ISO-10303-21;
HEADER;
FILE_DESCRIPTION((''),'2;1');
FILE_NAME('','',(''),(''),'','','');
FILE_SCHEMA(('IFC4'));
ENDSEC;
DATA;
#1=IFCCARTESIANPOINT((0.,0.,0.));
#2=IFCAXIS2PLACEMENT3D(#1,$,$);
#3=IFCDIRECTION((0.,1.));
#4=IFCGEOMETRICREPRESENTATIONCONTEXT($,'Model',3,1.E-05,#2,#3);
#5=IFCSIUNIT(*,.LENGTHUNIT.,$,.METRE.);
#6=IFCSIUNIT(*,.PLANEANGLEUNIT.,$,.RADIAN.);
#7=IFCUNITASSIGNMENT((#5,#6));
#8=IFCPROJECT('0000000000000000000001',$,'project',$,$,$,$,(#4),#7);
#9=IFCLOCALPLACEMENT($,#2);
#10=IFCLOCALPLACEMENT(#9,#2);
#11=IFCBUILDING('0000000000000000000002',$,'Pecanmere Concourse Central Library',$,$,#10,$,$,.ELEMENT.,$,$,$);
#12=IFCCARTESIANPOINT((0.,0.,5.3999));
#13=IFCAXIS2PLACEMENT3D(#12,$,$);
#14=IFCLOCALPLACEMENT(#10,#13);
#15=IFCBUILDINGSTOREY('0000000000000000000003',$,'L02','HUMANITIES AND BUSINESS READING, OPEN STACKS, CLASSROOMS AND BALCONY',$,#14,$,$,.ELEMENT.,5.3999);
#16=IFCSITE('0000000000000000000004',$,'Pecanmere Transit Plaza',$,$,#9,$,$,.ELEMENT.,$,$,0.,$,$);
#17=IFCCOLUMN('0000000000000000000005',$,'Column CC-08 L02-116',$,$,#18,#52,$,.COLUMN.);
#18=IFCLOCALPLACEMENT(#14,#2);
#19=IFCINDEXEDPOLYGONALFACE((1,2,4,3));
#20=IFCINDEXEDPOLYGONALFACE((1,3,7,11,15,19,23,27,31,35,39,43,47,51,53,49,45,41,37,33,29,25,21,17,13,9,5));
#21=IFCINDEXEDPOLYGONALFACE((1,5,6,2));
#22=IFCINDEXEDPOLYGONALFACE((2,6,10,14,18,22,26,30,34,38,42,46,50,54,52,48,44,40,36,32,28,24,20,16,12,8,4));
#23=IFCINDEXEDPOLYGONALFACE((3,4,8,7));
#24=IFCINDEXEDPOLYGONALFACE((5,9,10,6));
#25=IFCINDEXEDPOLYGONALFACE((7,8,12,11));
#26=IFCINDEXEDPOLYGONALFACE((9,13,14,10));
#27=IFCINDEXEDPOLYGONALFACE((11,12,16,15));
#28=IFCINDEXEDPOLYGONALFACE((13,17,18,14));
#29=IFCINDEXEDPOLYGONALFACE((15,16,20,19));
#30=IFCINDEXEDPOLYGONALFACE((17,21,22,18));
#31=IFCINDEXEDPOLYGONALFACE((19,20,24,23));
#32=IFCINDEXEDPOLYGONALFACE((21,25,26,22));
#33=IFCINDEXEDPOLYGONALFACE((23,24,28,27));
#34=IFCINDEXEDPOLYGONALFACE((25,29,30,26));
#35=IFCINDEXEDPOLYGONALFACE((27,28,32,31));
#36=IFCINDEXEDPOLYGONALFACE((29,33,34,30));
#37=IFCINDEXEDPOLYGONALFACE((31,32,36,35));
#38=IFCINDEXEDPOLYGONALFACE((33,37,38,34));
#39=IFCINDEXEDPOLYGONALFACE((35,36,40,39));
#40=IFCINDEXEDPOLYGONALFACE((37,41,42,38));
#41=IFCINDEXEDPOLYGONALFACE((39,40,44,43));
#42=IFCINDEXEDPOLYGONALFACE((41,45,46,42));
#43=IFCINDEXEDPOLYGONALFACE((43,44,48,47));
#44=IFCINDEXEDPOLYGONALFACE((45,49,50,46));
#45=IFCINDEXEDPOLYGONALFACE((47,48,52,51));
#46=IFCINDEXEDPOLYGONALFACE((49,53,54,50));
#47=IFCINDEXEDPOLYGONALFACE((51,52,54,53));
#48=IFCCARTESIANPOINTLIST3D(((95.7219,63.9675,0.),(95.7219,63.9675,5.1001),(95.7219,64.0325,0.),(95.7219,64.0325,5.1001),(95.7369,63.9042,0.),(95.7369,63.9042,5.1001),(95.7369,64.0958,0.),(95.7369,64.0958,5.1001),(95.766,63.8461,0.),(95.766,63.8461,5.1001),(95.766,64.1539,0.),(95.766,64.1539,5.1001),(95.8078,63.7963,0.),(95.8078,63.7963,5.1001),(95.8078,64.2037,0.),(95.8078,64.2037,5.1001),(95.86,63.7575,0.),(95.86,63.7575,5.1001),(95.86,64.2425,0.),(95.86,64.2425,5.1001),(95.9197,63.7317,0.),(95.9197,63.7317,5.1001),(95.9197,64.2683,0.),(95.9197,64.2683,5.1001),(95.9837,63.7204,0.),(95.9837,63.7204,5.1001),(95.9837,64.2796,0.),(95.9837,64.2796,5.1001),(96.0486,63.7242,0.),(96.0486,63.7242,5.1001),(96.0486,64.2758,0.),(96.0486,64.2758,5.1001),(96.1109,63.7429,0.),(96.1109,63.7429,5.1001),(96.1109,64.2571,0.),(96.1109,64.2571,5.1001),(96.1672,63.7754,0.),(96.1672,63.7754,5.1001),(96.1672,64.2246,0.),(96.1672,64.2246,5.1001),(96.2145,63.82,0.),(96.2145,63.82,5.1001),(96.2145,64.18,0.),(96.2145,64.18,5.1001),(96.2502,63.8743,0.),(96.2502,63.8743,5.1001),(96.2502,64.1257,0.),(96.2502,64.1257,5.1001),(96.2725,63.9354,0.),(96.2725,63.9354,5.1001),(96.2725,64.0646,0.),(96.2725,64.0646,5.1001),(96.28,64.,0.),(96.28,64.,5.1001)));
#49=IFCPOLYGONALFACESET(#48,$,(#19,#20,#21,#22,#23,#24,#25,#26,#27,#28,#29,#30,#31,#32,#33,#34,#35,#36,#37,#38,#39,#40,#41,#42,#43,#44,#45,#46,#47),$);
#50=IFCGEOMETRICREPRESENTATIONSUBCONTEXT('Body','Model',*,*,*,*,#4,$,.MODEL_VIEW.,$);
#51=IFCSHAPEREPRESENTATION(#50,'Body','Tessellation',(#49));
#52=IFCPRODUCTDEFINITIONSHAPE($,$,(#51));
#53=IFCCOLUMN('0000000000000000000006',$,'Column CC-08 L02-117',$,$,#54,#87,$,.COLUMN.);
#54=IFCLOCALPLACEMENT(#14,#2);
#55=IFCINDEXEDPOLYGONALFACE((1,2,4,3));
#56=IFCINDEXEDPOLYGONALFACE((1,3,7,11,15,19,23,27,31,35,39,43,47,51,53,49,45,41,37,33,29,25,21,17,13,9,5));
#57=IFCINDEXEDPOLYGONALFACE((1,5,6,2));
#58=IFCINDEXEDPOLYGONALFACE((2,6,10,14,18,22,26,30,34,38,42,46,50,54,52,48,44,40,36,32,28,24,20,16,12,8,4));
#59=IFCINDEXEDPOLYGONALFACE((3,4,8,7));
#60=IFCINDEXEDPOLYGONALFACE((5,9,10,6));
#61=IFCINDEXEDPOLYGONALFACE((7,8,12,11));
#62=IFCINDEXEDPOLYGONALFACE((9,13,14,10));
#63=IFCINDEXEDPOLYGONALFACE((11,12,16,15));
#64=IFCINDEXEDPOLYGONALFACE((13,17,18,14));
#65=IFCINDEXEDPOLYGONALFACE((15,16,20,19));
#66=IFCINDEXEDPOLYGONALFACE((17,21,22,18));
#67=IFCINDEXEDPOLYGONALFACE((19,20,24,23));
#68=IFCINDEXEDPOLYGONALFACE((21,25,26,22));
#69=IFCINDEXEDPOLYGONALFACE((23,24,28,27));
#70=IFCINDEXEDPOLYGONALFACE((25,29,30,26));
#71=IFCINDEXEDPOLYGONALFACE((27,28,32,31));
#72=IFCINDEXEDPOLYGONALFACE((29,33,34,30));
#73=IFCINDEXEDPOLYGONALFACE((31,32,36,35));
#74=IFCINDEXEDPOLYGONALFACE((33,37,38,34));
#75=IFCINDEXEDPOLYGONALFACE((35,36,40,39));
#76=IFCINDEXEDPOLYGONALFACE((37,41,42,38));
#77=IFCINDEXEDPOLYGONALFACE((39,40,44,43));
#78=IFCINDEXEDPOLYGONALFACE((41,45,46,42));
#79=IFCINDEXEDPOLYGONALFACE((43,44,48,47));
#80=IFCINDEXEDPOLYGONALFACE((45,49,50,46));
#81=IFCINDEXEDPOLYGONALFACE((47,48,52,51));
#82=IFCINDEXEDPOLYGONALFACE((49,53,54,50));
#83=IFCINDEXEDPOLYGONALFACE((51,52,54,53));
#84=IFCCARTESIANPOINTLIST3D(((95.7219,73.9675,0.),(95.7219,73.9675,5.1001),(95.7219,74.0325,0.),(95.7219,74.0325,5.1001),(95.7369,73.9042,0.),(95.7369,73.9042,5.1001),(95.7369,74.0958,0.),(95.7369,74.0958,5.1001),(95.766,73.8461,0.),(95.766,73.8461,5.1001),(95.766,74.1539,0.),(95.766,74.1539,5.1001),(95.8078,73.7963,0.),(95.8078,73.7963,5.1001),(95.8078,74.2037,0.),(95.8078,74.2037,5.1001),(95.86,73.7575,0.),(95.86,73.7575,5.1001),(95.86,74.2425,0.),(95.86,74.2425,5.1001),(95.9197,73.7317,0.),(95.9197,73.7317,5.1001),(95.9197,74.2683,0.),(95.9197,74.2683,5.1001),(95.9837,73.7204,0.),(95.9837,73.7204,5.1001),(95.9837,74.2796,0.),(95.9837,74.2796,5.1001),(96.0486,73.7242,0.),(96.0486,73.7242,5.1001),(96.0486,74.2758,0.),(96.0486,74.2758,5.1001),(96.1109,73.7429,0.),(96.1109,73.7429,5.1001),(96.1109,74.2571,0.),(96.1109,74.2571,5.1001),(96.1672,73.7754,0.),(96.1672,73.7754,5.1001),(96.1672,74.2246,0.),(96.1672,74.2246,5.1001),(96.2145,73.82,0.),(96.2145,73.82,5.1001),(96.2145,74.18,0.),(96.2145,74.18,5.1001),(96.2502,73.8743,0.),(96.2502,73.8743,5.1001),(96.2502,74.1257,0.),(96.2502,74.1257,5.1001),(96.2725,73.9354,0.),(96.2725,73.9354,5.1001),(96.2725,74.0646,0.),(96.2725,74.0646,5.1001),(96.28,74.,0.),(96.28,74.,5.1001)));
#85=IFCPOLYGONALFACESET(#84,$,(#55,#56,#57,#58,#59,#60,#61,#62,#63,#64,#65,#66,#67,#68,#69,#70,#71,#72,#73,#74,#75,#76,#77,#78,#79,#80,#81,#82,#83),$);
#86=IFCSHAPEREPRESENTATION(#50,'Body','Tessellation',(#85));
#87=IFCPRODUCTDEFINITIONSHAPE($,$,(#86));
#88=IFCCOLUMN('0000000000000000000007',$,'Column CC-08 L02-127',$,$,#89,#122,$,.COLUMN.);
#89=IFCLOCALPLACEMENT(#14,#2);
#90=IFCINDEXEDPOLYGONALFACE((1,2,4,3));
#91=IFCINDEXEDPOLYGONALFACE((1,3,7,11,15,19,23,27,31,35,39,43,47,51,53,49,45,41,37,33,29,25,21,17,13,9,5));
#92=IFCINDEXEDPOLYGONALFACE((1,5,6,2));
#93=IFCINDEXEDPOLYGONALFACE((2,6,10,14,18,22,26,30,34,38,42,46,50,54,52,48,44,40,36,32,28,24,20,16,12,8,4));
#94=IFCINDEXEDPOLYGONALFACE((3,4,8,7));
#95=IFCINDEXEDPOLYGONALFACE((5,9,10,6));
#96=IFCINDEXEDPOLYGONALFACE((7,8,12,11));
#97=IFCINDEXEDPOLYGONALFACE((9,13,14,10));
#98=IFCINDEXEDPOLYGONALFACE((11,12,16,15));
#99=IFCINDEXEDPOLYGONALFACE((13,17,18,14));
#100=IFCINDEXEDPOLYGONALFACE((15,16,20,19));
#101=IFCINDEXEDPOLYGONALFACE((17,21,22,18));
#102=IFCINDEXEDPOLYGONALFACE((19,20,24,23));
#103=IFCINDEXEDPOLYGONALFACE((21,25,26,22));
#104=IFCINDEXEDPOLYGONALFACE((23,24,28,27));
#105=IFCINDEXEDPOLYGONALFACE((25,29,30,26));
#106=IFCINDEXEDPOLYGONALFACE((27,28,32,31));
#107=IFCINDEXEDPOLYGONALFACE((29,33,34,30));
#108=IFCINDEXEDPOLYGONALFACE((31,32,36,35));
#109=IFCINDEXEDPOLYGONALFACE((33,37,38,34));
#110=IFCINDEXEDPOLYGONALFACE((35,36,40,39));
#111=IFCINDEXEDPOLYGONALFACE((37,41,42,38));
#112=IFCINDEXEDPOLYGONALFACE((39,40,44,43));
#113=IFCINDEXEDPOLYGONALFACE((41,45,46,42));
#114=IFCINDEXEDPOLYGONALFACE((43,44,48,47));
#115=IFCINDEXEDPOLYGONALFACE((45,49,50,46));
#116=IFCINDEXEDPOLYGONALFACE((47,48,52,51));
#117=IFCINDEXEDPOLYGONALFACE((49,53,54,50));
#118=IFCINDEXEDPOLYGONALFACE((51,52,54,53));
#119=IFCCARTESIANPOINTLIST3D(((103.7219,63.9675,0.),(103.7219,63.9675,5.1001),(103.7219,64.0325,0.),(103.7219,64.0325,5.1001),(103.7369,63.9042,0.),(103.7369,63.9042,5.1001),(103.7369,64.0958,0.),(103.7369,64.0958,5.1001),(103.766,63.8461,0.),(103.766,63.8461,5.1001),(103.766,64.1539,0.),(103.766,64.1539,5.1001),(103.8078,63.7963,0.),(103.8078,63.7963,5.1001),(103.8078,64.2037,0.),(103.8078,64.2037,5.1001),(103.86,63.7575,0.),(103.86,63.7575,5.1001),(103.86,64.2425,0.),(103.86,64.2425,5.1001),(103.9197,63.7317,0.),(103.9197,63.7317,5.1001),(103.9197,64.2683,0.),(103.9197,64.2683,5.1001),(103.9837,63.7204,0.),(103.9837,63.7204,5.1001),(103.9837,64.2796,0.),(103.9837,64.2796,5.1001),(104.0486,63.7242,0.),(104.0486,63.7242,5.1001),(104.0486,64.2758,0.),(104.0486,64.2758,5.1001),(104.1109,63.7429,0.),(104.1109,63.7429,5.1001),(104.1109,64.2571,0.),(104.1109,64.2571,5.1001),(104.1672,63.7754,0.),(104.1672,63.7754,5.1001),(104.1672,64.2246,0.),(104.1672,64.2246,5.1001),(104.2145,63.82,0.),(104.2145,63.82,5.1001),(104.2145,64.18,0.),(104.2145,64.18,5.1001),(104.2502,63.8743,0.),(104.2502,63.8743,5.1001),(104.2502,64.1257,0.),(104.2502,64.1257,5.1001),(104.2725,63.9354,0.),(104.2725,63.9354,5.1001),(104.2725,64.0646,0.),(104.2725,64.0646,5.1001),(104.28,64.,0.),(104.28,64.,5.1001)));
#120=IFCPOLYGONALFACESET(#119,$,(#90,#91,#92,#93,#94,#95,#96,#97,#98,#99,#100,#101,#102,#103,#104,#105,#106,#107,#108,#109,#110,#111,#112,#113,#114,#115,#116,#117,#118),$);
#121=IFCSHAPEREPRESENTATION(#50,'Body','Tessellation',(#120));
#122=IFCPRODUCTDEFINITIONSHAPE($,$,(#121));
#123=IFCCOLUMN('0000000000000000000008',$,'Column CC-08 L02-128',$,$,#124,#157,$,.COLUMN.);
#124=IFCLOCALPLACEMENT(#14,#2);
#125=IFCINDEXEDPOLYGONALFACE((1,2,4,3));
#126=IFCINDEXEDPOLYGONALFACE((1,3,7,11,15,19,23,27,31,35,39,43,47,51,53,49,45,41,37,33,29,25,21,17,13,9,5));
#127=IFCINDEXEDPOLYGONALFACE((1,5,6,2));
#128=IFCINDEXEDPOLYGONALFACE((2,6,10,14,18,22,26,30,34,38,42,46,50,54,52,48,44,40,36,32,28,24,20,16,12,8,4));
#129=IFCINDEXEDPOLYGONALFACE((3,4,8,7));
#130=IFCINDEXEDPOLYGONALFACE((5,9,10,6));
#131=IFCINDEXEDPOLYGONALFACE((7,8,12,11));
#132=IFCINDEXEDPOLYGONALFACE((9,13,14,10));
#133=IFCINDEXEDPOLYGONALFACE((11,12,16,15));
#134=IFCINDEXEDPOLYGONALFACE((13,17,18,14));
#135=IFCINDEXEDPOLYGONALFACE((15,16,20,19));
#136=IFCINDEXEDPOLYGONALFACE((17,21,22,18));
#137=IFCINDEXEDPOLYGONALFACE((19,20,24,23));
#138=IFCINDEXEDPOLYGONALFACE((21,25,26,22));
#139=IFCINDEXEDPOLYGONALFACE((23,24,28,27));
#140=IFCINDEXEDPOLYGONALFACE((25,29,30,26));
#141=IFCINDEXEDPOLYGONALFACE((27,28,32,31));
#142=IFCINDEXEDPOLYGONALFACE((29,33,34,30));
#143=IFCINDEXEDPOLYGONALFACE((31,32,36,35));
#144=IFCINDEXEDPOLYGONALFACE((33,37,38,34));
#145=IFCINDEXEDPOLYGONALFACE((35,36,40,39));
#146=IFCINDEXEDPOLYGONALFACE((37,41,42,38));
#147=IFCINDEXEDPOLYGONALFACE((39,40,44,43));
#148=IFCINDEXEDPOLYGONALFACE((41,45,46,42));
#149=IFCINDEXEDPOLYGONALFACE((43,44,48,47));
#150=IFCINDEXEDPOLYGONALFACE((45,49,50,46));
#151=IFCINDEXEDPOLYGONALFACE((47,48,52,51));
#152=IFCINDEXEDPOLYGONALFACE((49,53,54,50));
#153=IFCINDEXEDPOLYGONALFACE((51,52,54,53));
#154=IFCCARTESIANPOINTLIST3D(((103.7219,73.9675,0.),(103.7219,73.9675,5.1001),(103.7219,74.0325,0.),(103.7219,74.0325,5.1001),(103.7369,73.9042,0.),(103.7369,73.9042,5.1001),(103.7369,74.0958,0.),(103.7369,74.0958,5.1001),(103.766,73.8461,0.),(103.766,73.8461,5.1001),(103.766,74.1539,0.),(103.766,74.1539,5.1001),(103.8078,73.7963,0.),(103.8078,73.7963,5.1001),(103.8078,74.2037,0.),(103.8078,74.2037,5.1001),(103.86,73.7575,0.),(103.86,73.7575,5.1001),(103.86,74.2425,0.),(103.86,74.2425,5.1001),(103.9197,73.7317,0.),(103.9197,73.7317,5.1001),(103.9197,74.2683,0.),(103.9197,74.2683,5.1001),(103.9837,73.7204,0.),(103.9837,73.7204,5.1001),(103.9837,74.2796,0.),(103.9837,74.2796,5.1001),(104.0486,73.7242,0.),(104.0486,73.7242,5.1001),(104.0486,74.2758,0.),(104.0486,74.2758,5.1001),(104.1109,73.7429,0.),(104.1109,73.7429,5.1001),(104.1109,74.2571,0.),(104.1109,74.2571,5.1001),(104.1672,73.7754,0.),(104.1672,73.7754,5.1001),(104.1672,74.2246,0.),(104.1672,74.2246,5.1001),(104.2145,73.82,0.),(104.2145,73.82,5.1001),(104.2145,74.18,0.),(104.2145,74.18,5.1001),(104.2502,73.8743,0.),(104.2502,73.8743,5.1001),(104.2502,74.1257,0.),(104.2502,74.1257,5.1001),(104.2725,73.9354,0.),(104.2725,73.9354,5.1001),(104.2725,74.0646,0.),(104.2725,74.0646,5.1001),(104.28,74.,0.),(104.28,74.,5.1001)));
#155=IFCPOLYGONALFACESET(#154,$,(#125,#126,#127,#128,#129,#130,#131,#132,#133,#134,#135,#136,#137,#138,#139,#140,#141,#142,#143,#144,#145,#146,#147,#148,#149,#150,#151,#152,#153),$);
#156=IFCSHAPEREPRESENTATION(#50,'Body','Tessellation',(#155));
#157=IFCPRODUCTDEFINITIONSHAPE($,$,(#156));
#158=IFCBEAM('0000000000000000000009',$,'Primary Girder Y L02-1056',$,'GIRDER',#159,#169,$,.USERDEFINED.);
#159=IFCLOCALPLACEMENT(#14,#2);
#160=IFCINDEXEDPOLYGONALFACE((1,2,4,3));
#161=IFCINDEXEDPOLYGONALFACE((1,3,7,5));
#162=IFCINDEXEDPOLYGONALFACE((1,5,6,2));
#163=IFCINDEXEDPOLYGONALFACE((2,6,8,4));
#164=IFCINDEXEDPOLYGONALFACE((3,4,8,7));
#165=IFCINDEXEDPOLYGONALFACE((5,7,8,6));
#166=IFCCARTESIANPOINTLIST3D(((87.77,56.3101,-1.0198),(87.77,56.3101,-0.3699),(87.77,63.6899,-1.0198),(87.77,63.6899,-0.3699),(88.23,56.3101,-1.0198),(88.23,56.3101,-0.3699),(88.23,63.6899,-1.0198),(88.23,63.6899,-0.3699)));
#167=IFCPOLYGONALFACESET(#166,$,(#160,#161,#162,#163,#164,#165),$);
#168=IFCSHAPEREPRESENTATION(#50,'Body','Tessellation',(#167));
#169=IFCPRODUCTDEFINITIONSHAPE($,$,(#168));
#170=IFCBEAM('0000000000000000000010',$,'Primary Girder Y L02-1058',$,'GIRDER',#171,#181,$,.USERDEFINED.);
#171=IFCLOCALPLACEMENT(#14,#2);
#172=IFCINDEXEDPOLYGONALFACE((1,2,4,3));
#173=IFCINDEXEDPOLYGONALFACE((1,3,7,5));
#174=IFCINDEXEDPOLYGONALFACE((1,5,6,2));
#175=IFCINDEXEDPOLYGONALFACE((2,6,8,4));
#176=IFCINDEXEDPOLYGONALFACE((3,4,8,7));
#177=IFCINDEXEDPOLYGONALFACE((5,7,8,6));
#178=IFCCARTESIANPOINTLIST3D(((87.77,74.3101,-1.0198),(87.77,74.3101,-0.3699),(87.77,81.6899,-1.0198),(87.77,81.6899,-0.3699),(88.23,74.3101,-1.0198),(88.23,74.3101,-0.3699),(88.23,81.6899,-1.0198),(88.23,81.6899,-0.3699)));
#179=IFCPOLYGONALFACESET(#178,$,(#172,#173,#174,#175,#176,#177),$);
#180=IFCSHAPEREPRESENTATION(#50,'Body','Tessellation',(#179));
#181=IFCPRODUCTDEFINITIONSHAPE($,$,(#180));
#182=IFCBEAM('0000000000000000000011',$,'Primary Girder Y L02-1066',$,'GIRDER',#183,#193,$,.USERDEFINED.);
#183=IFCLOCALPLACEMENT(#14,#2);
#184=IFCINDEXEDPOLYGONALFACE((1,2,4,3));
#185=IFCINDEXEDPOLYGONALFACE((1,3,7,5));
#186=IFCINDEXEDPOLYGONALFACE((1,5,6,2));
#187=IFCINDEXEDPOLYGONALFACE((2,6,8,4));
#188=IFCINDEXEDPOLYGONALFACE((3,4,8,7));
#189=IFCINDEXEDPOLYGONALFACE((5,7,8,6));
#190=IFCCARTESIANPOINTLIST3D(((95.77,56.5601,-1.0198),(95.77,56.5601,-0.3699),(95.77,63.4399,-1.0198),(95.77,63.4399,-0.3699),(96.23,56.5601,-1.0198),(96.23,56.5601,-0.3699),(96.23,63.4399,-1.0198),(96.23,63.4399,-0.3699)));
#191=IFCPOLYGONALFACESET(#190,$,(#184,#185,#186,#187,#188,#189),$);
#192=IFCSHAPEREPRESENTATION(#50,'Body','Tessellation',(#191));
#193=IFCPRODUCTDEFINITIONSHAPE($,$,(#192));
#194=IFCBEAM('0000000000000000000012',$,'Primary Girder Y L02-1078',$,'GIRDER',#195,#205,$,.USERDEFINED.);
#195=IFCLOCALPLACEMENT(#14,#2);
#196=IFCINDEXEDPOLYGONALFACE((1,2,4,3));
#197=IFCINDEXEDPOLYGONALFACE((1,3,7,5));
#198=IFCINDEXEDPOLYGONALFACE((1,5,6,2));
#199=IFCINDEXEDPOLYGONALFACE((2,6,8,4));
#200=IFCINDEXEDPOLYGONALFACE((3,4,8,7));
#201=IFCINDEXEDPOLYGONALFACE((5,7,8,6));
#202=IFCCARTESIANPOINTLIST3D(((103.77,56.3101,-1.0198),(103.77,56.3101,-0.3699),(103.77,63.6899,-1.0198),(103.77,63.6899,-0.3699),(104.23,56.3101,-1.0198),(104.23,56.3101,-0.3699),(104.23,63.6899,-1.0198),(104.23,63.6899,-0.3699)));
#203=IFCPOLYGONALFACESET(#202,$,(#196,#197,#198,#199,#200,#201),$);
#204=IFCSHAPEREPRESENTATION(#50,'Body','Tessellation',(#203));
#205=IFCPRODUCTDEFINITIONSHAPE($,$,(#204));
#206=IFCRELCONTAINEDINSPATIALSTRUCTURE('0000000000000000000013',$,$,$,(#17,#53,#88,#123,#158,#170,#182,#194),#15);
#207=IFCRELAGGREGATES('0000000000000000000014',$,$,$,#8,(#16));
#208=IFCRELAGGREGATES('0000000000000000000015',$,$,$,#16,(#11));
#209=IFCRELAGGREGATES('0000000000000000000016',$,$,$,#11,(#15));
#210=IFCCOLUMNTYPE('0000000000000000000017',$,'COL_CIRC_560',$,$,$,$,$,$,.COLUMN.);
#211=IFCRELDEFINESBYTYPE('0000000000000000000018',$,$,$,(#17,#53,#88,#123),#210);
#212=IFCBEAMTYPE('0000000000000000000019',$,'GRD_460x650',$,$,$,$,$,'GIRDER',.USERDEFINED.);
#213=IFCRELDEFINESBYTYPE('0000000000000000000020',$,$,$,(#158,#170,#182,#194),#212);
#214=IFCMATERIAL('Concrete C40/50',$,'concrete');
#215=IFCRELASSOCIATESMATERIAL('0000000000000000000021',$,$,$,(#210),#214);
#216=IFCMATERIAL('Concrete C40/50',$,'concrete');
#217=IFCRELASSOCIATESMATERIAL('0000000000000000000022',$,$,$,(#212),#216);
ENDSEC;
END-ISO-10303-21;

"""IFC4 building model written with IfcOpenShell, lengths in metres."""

from ifc_helpers import new_model, si_unit, direction, frame, origin, origin_2d, place, context, subcontext, project, spatial, rectangle, circle, extrude, material, material_profile, profile_set, type_object, element, save


model = new_model("IFC4")

# Units and contexts
model_context = context("Model", 3, precision=1e-05, world=origin(), true_north=direction((0.0, 1.0)))
body_context = subcontext(model_context, "Body", "Model", "MODEL_VIEW")
ifc_project = project(units=[si_unit("LENGTHUNIT", "METRE"), si_unit("PLANEANGLEUNIT", "RADIAN")], contexts=[model_context])

# Site, building, storey
site_placement = place(None, origin())
site = spatial("IfcSite", under=ifc_project, at=site_placement, Name="Pecanmere Transit Plaza", CompositionType="ELEMENT", RefElevation=0.0)
building_placement = place(site_placement, origin())
building = spatial("IfcBuilding", under=site, at=building_placement, Name="Pecanmere Concourse Central Library", CompositionType="ELEMENT")
storey_placement = place(building_placement, frame((0.0, 0.0, 5.3999)))
storey = spatial("IfcBuildingStorey", under=building, at=storey_placement, Name="L02", Description="HUMANITIES AND BUSINESS READING, OPEN STACKS, CLASSROOMS AND BALCONY", CompositionType="ELEMENT", Elevation=5.3999)

# Columns
ifc_material_1 = material(Name="Concrete C40/50", Category="concrete")
ifc_material_profile_1 = material_profile(ifc_material_1, circle(Radius=0.28, at=origin_2d()), Name="RC D560")
ifc_profile_set_1 = profile_set([ifc_material_profile_1], Name="Concrete C40/50")
column_type = type_object("IfcColumnType", Name="COL_CIRC_560", PredefinedType="COLUMN", material=ifc_profile_set_1)
for number, where, z_axis, x_axis, name in (
    (1, (96.0, 64.0, 0.0), (0.0, 0.0, 1.0), (1.0, 0.0, 0.0), "Column CC-08 L02-116"),
    (2, (96.0, 74.0, 0.0), (0.0, 0.0, 1.0), (1.0, 0.0, 0.0), "Column CC-08 L02-117"),
    (3, (104.0, 64.0, 0.0), (0.0, 0.0, 1.0), (1.0, 0.0, 0.0), "Column CC-08 L02-127"),
    (4, (104.0, 74.0, 0.0), (0.0, 0.0, 1.0), (1.0, 0.0, 0.0), "Column CC-08 L02-128"),
):
    element("IfcColumn", number, at=place(storey_placement, frame(where, z_axis=z_axis, x_axis=x_axis)), inside=storey, type_object=column_type, Name=name, PredefinedType="COLUMN", context=body_context, shape_type="SweptSolid", body=[
        extrude(circle(Radius=0.28, at=origin_2d()), origin(), (0.0, 0.0, 1.0), 5.1001),
    ])

# Beams
ifc_material_2 = material(Name="Concrete C40/50", Category="concrete")
ifc_material_profile_2 = material_profile(ifc_material_2, rectangle(XDim=0.46, YDim=0.6499, at=origin_2d()), Name="RC 460x650")
ifc_profile_set_2 = profile_set([ifc_material_profile_2], Name="Concrete C40/50")
beam_type_1 = type_object("IfcBeamType", Name="GRD_460x650", ElementType="GIRDER", PredefinedType="USERDEFINED", material=ifc_profile_set_2)
for number, where, z_axis, x_axis, name in (
    (5, (88.0, 56.3101, -0.6948), (0.0, 1.0, 0.0), (-1.0, 0.0, 0.0), "Primary Girder Y L02-1056"),
    (6, (88.0, 74.3101, -0.6948), (0.0, 1.0, 0.0), (-1.0, 0.0, 0.0), "Primary Girder Y L02-1058"),
):
    element("IfcBeam", number, at=place(storey_placement, frame(where, z_axis=z_axis, x_axis=x_axis)), inside=storey, type_object=beam_type_1, Name=name, ObjectType="GIRDER", PredefinedType="USERDEFINED", context=body_context, shape_type="SweptSolid", body=[
        extrude(rectangle(XDim=0.46, YDim=0.6499, at=origin_2d()), origin(), (0.0, 0.0, 1.0), 7.3799),
    ])
beam_1_placement = place(storey_placement, frame((96.0, 56.5601, -0.6948), z_axis=(0.0, 1.0, 0.0), x_axis=(-1.0, 0.0, 0.0)))
element("IfcBeam", 7, at=beam_1_placement, inside=storey, type_object=beam_type_1, Name="Primary Girder Y L02-1066", ObjectType="GIRDER", PredefinedType="USERDEFINED", context=body_context, shape_type="SweptSolid", body=[
    extrude(rectangle(XDim=0.46, YDim=0.6499, at=origin_2d()), origin(), (0.0, 0.0, 1.0), 6.8799),
])
for number, where, z_axis, x_axis, name in (
    (8, (104.0, 56.3101, -0.6948), (0.0, 1.0, 0.0), (-1.0, 0.0, 0.0), "Primary Girder Y L02-1078"),
):
    element("IfcBeam", number, at=place(storey_placement, frame(where, z_axis=z_axis, x_axis=x_axis)), inside=storey, type_object=beam_type_1, Name=name, ObjectType="GIRDER", PredefinedType="USERDEFINED", context=body_context, shape_type="SweptSolid", body=[
        extrude(rectangle(XDim=0.46, YDim=0.6499, at=origin_2d()), origin(), (0.0, 0.0, 1.0), 7.3799),
    ])

save(model, "model.ifc")
